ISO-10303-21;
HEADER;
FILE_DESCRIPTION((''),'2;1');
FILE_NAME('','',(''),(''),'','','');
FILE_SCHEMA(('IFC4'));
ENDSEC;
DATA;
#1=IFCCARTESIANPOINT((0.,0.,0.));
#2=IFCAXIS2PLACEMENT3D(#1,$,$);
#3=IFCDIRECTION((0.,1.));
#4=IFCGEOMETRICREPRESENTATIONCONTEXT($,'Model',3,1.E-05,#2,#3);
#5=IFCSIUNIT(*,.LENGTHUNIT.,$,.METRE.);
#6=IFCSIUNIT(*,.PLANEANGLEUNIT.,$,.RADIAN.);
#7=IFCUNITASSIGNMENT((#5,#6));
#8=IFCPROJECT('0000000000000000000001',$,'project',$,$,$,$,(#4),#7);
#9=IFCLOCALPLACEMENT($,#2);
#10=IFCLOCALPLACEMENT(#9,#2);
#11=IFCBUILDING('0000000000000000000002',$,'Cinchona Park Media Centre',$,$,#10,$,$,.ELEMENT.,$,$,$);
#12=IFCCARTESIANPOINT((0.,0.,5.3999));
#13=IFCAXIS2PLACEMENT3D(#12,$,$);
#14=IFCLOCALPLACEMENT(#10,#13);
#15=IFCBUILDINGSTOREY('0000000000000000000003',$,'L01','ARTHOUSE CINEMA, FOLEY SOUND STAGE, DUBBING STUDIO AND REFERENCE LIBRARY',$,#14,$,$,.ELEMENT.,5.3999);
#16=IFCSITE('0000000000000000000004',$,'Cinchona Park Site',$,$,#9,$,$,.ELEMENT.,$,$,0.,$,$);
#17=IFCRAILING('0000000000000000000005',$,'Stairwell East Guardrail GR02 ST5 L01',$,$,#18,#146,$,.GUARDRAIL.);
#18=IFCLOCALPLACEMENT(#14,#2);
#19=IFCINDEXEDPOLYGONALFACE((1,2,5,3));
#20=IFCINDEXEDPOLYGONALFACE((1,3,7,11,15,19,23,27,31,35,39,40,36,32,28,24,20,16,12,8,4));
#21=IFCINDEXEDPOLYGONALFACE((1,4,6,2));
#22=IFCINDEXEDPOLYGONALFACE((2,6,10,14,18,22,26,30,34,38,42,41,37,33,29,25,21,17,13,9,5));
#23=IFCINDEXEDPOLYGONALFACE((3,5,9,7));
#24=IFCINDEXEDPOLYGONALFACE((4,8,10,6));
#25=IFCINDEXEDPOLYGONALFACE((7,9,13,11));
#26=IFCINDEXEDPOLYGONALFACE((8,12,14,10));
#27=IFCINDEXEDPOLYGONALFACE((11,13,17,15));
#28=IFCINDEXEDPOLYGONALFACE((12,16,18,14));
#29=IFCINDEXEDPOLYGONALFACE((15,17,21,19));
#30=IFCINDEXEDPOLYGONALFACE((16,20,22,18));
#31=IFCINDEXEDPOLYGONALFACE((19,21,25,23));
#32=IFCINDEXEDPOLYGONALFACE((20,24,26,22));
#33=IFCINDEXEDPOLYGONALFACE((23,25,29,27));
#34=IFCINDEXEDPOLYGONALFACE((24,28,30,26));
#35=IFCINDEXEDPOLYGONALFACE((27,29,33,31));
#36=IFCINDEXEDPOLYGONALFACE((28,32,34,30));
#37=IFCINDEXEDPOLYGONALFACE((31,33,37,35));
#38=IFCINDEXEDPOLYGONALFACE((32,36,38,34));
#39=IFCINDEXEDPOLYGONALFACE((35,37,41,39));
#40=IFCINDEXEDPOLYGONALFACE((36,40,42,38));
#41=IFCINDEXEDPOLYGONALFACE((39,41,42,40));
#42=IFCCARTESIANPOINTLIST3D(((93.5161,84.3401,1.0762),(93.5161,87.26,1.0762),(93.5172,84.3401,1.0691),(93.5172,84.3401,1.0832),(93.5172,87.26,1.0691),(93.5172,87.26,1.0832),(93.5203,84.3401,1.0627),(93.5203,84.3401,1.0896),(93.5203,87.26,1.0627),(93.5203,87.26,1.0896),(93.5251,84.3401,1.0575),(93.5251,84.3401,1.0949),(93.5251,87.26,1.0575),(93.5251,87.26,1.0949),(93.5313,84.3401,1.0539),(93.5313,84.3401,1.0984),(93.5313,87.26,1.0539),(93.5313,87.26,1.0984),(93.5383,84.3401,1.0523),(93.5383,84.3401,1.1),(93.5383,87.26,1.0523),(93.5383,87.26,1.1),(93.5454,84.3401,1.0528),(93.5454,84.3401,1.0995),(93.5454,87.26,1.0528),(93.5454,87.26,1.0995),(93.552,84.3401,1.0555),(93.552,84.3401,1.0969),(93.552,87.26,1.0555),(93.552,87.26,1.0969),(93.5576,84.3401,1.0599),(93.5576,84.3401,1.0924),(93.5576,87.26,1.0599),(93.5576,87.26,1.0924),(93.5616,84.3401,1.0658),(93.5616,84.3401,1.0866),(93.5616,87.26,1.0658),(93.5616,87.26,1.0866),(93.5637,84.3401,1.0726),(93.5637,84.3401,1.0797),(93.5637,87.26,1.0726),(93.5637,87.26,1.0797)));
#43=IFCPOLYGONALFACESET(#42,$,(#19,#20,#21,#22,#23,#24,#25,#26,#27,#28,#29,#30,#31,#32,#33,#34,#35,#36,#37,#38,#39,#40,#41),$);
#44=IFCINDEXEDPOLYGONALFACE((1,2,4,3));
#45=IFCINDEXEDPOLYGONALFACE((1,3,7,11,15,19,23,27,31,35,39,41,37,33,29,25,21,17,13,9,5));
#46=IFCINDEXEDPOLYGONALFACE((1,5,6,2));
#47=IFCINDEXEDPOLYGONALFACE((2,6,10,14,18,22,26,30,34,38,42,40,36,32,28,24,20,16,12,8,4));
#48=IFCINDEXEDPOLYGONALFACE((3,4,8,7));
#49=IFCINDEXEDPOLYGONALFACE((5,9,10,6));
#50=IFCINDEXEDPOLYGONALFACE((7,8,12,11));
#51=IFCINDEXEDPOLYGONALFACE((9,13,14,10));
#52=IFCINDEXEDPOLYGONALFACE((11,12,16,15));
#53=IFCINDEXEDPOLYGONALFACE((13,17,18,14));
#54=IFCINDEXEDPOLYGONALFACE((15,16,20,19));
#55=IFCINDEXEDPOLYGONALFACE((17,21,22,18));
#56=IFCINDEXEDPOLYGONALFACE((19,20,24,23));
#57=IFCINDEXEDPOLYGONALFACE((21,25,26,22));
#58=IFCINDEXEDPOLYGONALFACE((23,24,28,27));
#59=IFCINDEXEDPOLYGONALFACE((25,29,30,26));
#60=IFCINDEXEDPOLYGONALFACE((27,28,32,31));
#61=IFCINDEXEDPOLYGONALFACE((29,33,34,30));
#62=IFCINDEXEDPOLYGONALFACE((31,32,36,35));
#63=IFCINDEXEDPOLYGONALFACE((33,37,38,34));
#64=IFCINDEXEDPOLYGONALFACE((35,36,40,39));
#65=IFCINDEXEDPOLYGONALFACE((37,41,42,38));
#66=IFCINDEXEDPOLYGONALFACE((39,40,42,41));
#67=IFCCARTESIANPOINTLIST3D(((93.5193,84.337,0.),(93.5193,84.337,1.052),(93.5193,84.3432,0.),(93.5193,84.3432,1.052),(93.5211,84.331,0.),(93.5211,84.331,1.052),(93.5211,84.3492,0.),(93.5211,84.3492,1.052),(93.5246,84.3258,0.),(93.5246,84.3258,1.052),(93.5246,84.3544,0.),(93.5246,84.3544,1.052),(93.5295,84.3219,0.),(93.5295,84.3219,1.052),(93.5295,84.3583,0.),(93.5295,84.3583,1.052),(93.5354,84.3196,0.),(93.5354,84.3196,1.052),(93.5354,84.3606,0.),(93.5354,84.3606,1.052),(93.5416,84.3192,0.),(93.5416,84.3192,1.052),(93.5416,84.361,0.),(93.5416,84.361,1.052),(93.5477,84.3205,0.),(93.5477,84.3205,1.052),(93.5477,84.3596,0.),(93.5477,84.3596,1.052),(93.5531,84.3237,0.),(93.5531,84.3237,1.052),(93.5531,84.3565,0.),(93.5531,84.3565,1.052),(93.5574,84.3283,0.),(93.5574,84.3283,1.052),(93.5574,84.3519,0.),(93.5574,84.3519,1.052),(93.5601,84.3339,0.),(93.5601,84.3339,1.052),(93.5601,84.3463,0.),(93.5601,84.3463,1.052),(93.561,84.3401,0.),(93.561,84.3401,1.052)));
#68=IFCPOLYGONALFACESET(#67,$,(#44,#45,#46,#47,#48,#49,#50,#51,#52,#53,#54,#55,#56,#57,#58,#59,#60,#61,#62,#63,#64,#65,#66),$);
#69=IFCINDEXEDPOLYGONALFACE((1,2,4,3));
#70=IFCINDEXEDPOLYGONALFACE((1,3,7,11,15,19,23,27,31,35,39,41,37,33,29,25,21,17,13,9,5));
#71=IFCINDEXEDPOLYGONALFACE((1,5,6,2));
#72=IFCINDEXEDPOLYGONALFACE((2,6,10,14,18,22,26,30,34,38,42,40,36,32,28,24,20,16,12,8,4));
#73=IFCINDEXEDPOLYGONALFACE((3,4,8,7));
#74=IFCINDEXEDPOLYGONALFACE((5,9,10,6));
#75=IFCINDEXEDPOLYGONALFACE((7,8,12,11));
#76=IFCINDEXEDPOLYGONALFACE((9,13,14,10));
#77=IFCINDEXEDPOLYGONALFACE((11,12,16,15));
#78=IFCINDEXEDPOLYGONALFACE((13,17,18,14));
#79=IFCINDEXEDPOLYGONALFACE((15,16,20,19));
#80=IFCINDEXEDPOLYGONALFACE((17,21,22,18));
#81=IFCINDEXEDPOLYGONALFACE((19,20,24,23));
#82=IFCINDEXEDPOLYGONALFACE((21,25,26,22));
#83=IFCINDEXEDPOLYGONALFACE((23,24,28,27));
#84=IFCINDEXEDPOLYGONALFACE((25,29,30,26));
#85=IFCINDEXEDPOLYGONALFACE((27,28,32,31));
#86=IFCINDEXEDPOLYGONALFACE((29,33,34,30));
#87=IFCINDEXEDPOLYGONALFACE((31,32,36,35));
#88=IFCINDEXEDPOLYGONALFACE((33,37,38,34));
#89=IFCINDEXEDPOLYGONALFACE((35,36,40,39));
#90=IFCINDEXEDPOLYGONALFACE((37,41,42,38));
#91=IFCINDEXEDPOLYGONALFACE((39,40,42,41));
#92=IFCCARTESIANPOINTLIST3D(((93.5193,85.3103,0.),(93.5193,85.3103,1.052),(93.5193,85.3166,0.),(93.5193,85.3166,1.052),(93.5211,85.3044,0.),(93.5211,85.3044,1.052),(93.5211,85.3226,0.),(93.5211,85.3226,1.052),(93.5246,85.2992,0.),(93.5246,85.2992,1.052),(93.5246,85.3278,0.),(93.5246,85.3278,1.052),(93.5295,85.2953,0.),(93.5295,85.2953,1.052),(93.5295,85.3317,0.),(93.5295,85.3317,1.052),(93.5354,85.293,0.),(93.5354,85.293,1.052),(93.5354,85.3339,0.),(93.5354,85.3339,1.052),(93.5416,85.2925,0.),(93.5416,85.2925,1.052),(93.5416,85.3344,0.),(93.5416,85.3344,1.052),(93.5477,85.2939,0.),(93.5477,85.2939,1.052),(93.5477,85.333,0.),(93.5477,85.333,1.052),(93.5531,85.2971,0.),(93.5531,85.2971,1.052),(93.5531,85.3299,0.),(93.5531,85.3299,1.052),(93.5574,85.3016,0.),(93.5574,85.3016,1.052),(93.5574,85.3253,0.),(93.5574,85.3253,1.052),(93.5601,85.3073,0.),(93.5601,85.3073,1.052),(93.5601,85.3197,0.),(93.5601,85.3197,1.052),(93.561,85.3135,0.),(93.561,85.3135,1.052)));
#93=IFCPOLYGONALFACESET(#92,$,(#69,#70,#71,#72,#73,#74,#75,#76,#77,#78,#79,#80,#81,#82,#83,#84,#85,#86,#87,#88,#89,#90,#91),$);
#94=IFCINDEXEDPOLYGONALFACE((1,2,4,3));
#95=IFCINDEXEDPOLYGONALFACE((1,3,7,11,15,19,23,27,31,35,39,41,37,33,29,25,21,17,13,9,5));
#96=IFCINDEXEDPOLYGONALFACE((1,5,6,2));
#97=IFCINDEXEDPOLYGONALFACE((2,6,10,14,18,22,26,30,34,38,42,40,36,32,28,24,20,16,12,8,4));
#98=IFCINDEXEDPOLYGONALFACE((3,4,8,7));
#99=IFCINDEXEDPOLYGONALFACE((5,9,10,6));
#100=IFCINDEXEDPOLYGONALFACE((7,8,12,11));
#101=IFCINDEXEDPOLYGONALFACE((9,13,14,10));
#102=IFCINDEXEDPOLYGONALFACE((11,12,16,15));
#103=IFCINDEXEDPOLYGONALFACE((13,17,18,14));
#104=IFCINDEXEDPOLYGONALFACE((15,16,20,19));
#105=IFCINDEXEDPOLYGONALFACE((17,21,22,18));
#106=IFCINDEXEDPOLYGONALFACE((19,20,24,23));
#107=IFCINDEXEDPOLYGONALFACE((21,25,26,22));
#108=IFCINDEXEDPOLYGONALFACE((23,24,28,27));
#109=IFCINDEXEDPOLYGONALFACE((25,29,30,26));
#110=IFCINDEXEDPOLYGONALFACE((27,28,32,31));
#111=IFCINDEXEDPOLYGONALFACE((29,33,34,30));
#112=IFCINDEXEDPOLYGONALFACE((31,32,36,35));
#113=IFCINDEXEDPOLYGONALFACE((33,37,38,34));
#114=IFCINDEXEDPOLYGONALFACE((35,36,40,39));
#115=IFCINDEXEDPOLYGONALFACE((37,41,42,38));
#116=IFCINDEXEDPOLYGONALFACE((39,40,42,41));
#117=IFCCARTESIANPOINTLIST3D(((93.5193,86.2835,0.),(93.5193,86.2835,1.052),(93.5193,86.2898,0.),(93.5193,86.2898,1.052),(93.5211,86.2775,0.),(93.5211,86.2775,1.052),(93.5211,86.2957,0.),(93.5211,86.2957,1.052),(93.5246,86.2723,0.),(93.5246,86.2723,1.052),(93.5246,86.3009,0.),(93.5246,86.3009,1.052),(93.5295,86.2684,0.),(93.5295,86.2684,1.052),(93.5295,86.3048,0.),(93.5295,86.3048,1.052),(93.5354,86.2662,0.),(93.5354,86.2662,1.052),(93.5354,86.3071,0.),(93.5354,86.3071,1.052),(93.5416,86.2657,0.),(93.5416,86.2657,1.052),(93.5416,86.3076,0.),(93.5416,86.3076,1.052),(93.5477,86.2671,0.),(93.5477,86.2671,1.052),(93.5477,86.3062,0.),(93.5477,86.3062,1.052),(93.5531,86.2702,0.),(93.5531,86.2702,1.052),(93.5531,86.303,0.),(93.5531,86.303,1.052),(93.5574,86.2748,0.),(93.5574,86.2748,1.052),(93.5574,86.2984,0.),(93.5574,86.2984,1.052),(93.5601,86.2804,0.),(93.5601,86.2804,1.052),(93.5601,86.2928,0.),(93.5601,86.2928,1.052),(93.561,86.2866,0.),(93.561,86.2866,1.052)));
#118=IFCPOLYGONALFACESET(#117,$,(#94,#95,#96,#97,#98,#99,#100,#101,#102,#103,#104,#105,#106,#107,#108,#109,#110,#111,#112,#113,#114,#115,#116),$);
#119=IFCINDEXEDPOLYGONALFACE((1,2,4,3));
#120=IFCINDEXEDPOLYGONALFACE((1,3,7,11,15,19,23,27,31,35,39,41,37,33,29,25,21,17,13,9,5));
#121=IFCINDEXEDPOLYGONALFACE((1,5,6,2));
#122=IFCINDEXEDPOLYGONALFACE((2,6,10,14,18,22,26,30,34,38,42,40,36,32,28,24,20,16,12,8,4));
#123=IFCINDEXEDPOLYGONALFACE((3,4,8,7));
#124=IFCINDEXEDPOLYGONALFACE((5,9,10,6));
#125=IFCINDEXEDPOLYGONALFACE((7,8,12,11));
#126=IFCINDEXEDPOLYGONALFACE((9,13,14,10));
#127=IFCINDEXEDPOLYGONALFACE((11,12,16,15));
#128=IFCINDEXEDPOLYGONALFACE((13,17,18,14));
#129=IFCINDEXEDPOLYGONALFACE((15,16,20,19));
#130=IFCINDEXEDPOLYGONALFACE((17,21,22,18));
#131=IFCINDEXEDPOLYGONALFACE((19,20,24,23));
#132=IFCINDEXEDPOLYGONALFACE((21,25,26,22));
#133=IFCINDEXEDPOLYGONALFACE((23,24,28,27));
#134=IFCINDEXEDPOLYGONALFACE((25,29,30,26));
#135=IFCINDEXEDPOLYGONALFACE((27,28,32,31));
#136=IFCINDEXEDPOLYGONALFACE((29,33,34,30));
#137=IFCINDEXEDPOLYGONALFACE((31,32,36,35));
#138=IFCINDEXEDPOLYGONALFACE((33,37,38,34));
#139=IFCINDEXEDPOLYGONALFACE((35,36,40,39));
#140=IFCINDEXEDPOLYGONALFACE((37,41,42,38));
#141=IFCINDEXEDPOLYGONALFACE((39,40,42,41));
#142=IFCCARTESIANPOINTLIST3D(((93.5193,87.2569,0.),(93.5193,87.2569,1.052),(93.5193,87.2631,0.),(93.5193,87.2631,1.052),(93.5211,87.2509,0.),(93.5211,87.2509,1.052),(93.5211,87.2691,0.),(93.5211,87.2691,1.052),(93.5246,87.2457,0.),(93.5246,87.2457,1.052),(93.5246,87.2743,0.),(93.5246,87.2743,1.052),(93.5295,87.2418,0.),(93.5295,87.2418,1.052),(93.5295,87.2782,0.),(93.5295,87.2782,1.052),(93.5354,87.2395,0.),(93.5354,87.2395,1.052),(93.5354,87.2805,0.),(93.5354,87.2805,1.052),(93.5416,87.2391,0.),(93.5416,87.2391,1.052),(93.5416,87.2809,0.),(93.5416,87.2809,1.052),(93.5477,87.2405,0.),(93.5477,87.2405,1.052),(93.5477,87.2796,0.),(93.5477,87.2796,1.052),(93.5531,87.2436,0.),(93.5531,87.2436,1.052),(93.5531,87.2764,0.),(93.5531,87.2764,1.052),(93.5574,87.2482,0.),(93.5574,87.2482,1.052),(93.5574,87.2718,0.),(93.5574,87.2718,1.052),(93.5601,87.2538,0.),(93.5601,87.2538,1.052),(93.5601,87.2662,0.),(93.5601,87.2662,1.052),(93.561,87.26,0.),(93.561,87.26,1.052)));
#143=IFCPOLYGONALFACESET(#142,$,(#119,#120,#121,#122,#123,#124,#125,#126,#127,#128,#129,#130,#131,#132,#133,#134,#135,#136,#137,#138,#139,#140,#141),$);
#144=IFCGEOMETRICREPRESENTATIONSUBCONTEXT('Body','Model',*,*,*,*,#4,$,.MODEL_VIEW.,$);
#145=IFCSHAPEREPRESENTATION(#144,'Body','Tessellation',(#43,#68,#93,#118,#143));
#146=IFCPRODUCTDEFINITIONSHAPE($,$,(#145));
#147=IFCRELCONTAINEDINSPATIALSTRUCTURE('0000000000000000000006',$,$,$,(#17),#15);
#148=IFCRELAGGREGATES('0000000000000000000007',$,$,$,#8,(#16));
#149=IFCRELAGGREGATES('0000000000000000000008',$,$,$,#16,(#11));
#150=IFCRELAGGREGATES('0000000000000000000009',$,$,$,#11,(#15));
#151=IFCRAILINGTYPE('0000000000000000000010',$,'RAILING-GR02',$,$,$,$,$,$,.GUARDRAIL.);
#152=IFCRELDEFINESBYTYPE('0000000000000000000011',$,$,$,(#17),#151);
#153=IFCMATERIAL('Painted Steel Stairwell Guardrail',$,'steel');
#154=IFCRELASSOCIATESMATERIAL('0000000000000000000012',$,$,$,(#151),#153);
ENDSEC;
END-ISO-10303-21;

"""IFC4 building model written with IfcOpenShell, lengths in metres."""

from ifc_helpers import new_model, si_unit, direction, frame, origin, origin_2d, place, context, subcontext, project, spatial, circle, extrude, material, type_object, element, save


model = new_model("IFC4")

# Units and contexts
model_context = context("Model", 3, precision=1e-05, world=origin(), true_north=direction((0.0, 1.0)))
body_context = subcontext(model_context, "Body", "Model", "MODEL_VIEW")
ifc_project = project(units=[si_unit("LENGTHUNIT", "METRE"), si_unit("PLANEANGLEUNIT", "RADIAN")], contexts=[model_context])

# Site, building, storey
site_placement = place(None, origin())
site = spatial("IfcSite", under=ifc_project, at=site_placement, Name="Cinchona Park Site", CompositionType="ELEMENT", RefElevation=0.0)
building_placement = place(site_placement, origin())
building = spatial("IfcBuilding", under=site, at=building_placement, Name="Cinchona Park Media Centre", CompositionType="ELEMENT")
storey_placement = place(building_placement, frame((0.0, 0.0, 5.3999)))
storey = spatial("IfcBuildingStorey", under=building, at=storey_placement, Name="L01", Description="ARTHOUSE CINEMA, FOLEY SOUND STAGE, DUBBING STUDIO AND REFERENCE LIBRARY", CompositionType="ELEMENT", Elevation=5.3999)

# Railing
ifc_material_1 = material(Name="Painted Steel Stairwell Guardrail", Category="steel")
railing_type = type_object("IfcRailingType", Name="RAILING-GR02", PredefinedType="GUARDRAIL", material=ifc_material_1)
railing_1_placement = place(storey_placement, frame((93.54, 84.3401, 0.0)))
element("IfcRailing", 1, at=railing_1_placement, inside=storey, type_object=railing_type, Name="Stairwell East Guardrail GR02 ST5 L01", PredefinedType="GUARDRAIL", context=body_context, shape_type="SweptSolid", body=[
    extrude(circle(Radius=0.0239, at=origin_2d()), frame((0.0, 0.0, 1.0762), z_axis=(0.0, 1.0, 0.0), x_axis=(-1.0, 0.0, 0.0)), (0.0, 0.0, 1.0), 2.9199),
    extrude(circle(Radius=0.021, at=origin_2d()), origin(), (0.0, 0.0, 1.0), 1.052),
    extrude(circle(Radius=0.021, at=origin_2d()), frame((0.0, 0.9734, 0.0)), (0.0, 0.0, 1.0), 1.052),
    extrude(circle(Radius=0.021, at=origin_2d()), frame((0.0, 1.9465, 0.0)), (0.0, 0.0, 1.0), 1.052),
    extrude(circle(Radius=0.021, at=origin_2d()), frame((0.0, 2.9199, 0.0)), (0.0, 0.0, 1.0), 1.052),
])

save(model, "model.ifc")
